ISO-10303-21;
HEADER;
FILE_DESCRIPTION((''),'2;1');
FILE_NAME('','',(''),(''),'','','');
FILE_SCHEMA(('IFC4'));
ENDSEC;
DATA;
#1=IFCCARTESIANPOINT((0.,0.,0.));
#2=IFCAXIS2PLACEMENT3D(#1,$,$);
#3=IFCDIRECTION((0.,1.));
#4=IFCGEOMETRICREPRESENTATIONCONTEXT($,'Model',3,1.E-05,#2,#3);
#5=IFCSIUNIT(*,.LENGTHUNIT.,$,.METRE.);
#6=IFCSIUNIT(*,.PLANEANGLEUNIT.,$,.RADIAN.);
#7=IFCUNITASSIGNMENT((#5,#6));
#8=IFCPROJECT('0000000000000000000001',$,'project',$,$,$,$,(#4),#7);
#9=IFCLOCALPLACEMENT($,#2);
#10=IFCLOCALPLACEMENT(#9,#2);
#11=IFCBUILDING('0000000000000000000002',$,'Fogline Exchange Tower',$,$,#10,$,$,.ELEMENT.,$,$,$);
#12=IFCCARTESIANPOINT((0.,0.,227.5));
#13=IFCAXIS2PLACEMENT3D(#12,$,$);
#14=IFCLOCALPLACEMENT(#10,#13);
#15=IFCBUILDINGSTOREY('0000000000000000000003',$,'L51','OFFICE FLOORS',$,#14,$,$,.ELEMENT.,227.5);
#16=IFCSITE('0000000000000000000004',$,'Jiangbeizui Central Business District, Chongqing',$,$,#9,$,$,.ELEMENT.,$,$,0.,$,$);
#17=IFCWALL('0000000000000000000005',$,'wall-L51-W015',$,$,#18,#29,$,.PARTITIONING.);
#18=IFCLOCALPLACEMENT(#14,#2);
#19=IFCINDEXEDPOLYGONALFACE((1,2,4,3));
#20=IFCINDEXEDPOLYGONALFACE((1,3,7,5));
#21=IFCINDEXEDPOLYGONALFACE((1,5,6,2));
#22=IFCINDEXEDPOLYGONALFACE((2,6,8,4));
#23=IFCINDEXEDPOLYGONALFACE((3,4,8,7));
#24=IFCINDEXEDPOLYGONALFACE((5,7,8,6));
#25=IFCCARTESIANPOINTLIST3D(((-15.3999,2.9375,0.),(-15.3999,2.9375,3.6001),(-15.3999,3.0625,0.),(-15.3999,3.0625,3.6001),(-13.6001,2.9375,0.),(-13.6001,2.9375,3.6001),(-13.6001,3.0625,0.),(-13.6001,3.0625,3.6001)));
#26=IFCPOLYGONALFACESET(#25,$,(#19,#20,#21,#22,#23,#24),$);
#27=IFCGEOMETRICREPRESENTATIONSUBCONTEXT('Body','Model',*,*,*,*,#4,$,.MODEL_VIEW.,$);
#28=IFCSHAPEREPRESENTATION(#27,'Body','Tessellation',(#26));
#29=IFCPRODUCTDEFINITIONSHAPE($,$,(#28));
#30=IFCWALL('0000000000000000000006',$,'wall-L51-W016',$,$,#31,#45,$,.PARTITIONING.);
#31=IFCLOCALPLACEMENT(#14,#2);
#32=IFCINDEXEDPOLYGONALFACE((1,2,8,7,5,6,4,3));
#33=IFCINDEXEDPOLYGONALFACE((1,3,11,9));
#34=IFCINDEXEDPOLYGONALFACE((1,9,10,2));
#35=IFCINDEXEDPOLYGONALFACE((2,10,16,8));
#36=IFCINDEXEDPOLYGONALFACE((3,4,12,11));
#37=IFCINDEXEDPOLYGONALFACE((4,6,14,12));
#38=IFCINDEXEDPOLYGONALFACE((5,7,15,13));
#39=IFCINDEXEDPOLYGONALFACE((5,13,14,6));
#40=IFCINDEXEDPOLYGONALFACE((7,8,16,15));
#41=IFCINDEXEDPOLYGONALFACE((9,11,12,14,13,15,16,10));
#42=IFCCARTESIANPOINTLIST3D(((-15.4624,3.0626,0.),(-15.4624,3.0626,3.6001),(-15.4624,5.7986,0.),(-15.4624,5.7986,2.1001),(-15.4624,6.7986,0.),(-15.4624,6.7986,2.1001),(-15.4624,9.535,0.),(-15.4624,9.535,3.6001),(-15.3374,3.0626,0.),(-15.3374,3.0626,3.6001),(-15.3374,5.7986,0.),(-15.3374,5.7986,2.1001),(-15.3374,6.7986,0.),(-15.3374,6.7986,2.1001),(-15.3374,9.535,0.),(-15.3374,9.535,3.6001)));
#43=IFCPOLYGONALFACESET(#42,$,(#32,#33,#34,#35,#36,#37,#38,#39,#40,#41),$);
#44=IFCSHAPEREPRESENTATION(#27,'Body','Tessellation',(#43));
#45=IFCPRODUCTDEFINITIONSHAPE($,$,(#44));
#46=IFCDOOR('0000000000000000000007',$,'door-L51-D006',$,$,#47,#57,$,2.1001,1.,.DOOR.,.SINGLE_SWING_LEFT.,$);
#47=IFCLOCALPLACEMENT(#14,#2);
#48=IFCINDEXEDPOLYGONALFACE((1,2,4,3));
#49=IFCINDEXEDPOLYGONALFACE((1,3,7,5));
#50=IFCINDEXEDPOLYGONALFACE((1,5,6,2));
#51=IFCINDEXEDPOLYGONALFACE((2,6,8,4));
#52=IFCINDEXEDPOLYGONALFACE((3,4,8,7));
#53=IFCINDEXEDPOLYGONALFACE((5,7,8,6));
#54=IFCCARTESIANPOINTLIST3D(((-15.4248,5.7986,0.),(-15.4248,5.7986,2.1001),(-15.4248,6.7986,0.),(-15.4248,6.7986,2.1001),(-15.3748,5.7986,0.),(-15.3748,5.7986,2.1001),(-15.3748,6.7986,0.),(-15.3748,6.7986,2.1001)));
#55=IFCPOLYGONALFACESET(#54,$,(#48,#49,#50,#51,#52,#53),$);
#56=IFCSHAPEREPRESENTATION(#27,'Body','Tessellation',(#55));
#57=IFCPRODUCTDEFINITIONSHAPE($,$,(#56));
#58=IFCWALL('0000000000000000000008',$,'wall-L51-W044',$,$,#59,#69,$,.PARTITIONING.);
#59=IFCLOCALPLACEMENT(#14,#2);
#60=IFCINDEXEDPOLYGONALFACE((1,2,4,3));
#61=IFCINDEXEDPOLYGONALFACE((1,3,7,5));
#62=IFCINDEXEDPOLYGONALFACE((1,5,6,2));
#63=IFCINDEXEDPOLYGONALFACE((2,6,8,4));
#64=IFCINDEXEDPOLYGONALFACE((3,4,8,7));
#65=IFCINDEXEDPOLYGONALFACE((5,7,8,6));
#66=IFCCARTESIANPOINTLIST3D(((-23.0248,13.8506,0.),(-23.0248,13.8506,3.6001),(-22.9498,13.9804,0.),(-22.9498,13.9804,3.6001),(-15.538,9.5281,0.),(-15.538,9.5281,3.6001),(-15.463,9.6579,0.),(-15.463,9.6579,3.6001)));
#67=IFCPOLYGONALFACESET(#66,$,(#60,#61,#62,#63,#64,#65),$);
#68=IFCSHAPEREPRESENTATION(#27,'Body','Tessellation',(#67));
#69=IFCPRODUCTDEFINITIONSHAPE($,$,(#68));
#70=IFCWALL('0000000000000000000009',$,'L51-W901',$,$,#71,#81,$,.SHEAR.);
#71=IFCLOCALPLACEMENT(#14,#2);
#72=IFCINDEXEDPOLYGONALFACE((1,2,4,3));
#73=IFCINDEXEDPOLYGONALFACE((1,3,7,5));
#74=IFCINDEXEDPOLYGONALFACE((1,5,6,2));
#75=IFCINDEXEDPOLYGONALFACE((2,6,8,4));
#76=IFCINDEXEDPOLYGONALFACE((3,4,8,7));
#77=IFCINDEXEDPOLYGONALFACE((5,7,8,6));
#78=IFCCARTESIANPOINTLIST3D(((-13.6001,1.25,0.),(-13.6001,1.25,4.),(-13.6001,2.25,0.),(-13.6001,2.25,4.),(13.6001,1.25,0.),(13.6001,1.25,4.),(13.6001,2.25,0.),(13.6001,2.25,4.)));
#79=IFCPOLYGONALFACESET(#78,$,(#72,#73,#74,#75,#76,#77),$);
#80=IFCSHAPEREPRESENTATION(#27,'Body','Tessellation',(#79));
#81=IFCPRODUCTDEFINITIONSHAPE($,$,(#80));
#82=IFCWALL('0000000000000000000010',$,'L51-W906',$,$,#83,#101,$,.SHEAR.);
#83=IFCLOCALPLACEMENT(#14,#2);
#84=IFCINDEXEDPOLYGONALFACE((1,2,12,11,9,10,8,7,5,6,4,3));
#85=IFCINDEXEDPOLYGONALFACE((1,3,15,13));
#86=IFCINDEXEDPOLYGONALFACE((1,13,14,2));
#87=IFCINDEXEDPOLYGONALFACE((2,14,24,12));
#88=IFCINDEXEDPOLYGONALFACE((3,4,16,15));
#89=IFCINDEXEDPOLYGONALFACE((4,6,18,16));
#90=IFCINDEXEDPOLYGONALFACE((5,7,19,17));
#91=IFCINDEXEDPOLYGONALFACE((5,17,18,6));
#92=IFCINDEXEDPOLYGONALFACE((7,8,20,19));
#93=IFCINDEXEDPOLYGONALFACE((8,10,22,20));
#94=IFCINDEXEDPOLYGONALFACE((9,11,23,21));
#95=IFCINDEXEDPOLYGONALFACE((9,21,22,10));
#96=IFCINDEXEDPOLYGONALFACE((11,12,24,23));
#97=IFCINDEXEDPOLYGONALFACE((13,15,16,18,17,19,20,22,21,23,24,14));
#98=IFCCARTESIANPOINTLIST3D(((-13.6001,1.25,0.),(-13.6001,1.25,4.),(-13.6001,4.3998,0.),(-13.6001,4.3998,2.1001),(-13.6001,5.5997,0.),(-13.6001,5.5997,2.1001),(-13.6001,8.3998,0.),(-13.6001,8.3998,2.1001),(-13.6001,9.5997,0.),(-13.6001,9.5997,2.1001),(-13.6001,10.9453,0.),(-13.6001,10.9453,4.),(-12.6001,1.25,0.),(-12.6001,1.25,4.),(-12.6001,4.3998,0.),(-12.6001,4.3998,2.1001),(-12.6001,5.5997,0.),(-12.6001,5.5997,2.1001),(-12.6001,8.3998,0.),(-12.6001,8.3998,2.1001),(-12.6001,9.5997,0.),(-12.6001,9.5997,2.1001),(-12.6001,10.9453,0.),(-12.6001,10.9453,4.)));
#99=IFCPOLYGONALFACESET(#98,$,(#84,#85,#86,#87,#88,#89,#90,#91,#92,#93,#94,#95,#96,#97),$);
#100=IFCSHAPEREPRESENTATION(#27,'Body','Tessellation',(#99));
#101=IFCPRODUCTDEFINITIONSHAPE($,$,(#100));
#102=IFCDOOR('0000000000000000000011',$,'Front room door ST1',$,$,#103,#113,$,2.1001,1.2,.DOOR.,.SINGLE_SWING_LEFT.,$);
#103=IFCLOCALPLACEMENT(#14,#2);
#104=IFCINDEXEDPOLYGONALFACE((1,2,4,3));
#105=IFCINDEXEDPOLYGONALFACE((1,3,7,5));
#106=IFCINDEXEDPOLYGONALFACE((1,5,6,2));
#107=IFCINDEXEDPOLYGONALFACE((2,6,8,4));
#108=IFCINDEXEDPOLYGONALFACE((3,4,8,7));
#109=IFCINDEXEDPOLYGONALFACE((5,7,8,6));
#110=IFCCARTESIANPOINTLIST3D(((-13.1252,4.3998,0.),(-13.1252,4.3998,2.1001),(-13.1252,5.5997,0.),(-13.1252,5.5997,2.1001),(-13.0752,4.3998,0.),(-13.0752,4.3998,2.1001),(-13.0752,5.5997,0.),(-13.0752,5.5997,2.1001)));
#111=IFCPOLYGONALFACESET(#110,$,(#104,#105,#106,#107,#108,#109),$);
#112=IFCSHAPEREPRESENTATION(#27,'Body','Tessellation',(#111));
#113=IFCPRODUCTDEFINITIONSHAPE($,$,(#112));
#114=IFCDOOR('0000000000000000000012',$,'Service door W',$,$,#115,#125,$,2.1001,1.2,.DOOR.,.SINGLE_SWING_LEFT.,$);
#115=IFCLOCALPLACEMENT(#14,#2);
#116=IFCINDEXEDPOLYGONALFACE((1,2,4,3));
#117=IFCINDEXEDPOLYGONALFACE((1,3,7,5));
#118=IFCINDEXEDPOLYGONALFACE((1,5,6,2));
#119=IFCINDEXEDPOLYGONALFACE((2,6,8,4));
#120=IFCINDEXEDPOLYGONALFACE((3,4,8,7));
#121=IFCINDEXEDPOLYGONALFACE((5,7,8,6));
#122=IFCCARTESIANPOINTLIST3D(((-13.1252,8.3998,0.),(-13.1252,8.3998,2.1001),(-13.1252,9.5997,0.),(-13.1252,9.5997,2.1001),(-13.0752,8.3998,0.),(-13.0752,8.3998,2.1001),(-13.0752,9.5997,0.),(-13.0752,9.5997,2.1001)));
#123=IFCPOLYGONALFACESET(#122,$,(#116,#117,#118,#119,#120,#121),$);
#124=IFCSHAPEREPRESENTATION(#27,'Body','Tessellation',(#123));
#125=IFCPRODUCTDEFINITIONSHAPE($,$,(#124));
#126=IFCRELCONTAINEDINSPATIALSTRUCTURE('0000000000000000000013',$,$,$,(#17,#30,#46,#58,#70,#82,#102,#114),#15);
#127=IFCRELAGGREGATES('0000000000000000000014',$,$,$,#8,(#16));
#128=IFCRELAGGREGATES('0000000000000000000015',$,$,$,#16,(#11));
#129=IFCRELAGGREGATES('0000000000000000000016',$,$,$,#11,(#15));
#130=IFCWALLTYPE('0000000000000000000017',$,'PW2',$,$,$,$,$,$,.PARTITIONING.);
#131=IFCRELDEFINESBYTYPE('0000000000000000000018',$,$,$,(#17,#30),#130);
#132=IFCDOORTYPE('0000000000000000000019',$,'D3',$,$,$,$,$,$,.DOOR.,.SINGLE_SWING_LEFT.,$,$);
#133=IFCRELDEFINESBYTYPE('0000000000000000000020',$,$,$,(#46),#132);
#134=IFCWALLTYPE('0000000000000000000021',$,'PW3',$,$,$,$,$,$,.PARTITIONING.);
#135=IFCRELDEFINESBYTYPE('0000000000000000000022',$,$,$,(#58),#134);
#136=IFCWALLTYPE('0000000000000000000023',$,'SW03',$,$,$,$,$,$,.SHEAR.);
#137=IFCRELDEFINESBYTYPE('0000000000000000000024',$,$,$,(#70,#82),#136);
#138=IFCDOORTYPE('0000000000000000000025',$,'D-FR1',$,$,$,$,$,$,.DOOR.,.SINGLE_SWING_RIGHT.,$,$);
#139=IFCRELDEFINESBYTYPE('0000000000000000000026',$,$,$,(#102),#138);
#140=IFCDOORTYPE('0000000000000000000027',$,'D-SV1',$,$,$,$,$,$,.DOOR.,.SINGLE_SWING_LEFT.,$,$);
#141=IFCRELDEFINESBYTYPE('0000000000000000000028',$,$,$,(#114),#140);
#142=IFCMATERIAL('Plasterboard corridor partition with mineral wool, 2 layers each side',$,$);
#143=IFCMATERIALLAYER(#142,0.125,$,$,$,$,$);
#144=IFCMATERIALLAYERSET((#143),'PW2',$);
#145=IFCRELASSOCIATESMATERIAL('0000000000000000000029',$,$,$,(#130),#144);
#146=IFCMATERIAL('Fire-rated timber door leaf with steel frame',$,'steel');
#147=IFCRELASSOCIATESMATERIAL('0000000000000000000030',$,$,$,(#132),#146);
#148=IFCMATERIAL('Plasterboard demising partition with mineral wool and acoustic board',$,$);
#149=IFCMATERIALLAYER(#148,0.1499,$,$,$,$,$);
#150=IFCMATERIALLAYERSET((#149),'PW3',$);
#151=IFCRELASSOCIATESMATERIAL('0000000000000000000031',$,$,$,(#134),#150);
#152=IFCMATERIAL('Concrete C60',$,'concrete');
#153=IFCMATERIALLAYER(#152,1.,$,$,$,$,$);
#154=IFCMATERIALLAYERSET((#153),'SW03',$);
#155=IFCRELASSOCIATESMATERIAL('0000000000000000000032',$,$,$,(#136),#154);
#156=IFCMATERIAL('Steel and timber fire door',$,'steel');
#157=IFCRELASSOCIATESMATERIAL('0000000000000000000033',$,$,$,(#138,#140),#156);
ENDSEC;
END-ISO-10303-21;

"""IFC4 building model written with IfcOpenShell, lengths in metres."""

from ifc_helpers import new_model, si_unit, direction, frame, frame_2d, origin, place, context, subcontext, project, spatial, rectangle, extrude, material, layer, layer_set, type_object, element, fill, save


model = new_model("IFC4")

# Units and contexts
model_context = context("Model", 3, precision=1e-05, world=origin(), true_north=direction((0.0, 1.0)))
body_context = subcontext(model_context, "Body", "Model", "MODEL_VIEW")
ifc_project = project(units=[si_unit("LENGTHUNIT", "METRE"), si_unit("PLANEANGLEUNIT", "RADIAN")], contexts=[model_context])

# Site, building, storey
site_placement = place(None, origin())
site = spatial("IfcSite", under=ifc_project, at=site_placement, Name="Jiangbeizui Central Business District, Chongqing", CompositionType="ELEMENT", RefElevation=0.0)
building_placement = place(site_placement, origin())
building = spatial("IfcBuilding", under=site, at=building_placement, Name="Fogline Exchange Tower", CompositionType="ELEMENT")
storey_placement = place(building_placement, frame((0.0, 0.0, 227.5)))
storey = spatial("IfcBuildingStorey", under=building, at=storey_placement, Name="L51", Description="OFFICE FLOORS", CompositionType="ELEMENT", Elevation=227.5)

# Shared definitions
ifc_material_1 = material(Name="Concrete C60", Category="concrete")

# Shared definitions
ifc_material_2 = material(Name="Steel and timber fire door", Category="steel")

# Shared definitions
ifc_material_3 = material(Name="Plasterboard corridor partition with mineral wool, 2 layers each side")
ifc_layer_1 = layer(ifc_material_3, 0.125)
ifc_layer_set_1 = layer_set([ifc_layer_1], Name="PW2")
wall_type_1 = type_object("IfcWallType", Name="PW2", PredefinedType="PARTITIONING", material=ifc_layer_set_1)

# Wall
wall_1_placement = place(storey_placement, frame((-13.6001, 3.0, 0.0), z_axis=(0.0, 0.0, 1.0), x_axis=(-1.0, 0.0, 0.0)))
element("IfcWall", 1, at=wall_1_placement, inside=storey, type_object=wall_type_1, Name="wall-L51-W015", PredefinedType="PARTITIONING", context=body_context, shape_type="SweptSolid", body=[
    extrude(rectangle(XDim=1.7998, YDim=0.125, at=frame_2d((0.8999, 0.0))), origin(), (0.0, 0.0, 1.0), 3.6001),
])

# Wall, opening, door
wall_2_placement = place(storey_placement, frame((-15.3999, 3.0625, 0.0), z_axis=(0.0, 0.0, 1.0), x_axis=(0.0, 1.0, 0.0)))
wall_2 = element("IfcWall", 2, at=wall_2_placement, inside=storey, type_object=wall_type_1, Name="wall-L51-W016", PredefinedType="PARTITIONING", context=body_context, shape_type="SweptSolid", body=[
    extrude(rectangle(XDim=6.4724, YDim=0.125, at=frame_2d((3.2363, 0.0))), origin(), (0.0, 0.0, 1.0), 3.6001),
])
opening_1_placement = place(wall_2_placement, frame((2.7361, 0.0, 0.0)))
opening_1 = element("IfcOpeningElement", 3, at=opening_1_placement, cuts=wall_2, PredefinedType="OPENING", context=body_context, shape_type="SweptSolid", body=[
    extrude(rectangle(XDim=1.0, YDim=2.1001, at=frame_2d((0.5, 1.05))), frame((0.0, 0.0725, 0.0), z_axis=(0.0, -1.0, 0.0), x_axis=(1.0, 0.0, 0.0)), (0.0, 0.0, 1.0), 0.145),
])
ifc_material_4 = material(Name="Fire-rated timber door leaf with steel frame", Category="steel")
door_type_1 = type_object("IfcDoorType", Name="D3", OperationType="SINGLE_SWING_LEFT", PredefinedType="DOOR", material=ifc_material_4)
door_1_placement = place(opening_1_placement, origin())
door_1 = element("IfcDoor", 4, at=door_1_placement, inside=storey, type_object=door_type_1, Name="door-L51-D006", OperationType="SINGLE_SWING_LEFT", OverallHeight=2.1001, OverallWidth=1.0, PredefinedType="DOOR", context=body_context, shape_type="SweptSolid", body=[
    extrude(rectangle(XDim=1.0, YDim=2.1001, at=frame_2d((0.5, 1.05))), frame((0.0, 0.0249, 0.0), z_axis=(0.0, -1.0, 0.0), x_axis=(1.0, 0.0, 0.0)), (0.0, 0.0, 1.0), 0.05),
])
fill(opening_1, door_1)

# Walls
ifc_material_5 = material(Name="Plasterboard demising partition with mineral wool and acoustic board")
ifc_layer_2 = layer(ifc_material_5, 0.1499)
ifc_layer_set_2 = layer_set([ifc_layer_2], Name="PW3")
wall_type_2 = type_object("IfcWallType", Name="PW3", PredefinedType="PARTITIONING", material=ifc_layer_set_2)
wall_3_placement = place(storey_placement, frame((-15.5005, 9.593, 0.0), z_axis=(0.0, 0.0, 1.0), x_axis=(-0.866026, 0.5, 0.0)))
element("IfcWall", 5, at=wall_3_placement, inside=storey, type_object=wall_type_2, Name="wall-L51-W044", PredefinedType="PARTITIONING", context=body_context, shape_type="SweptSolid", body=[
    extrude(rectangle(XDim=8.645, YDim=0.1499, at=frame_2d((4.3225, 0.0))), origin(), (0.0, 0.0, 1.0), 3.6001),
])
ifc_layer_3 = layer(ifc_material_1, 1.0)
ifc_layer_set_3 = layer_set([ifc_layer_3], Name="SW03")
wall_type_3 = type_object("IfcWallType", Name="SW03", PredefinedType="SHEAR", material=ifc_layer_set_3)
wall_4_placement = place(storey_placement, frame((-13.6001, 1.75, 0.0), z_axis=(0.0, 0.0, 1.0), x_axis=(1.0, 0.0, 0.0)))
element("IfcWall", 6, at=wall_4_placement, inside=storey, type_object=wall_type_3, Name="L51-W901", PredefinedType="SHEAR", context=body_context, shape_type="SweptSolid", body=[
    extrude(rectangle(XDim=27.2002, YDim=1.0, at=frame_2d((13.6001, 0.0))), origin(), (0.0, 0.0, 1.0), 4.0),
])

# Wall, openings, doors
wall_5_placement = place(storey_placement, frame((-13.1001, 10.9453, 0.0), z_axis=(0.0, 0.0, 1.0), x_axis=(0.0, -1.0, 0.0)))
wall_5 = element("IfcWall", 7, at=wall_5_placement, inside=storey, type_object=wall_type_3, Name="L51-W906", PredefinedType="SHEAR", context=body_context, shape_type="SweptSolid", body=[
    extrude(rectangle(XDim=9.6953, YDim=1.0, at=frame_2d((4.8477, 0.0))), origin(), (0.0, 0.0, 1.0), 4.0),
])
opening_2_placement = place(wall_5_placement, frame((5.3455, 0.0, 0.0)))
opening_2 = element("IfcOpeningElement", 8, at=opening_2_placement, cuts=wall_5, PredefinedType="OPENING", context=body_context, shape_type="SweptSolid", body=[
    extrude(rectangle(XDim=1.2, YDim=2.1001, at=frame_2d((0.6001, 1.05))), frame((0.0, 0.51, 0.0), z_axis=(0.0, -1.0, 0.0), x_axis=(1.0, 0.0, 0.0)), (0.0, 0.0, 1.0), 1.02),
])
opening_3_placement = place(wall_5_placement, frame((1.3455, 0.0, 0.0)))
opening_3 = element("IfcOpeningElement", 9, at=opening_3_placement, cuts=wall_5, PredefinedType="OPENING", context=body_context, shape_type="SweptSolid", body=[
    extrude(rectangle(XDim=1.2, YDim=2.1001, at=frame_2d((0.6001, 1.05))), frame((0.0, 0.51, 0.0), z_axis=(0.0, -1.0, 0.0), x_axis=(1.0, 0.0, 0.0)), (0.0, 0.0, 1.0), 1.02),
])
door_type_2 = type_object("IfcDoorType", Name="D-FR1", OperationType="SINGLE_SWING_RIGHT", PredefinedType="DOOR", material=ifc_material_2)
door_2_placement = place(opening_2_placement, origin())
door_2 = element("IfcDoor", 10, at=door_2_placement, inside=storey, type_object=door_type_2, Name="Front room door ST1", OperationType="SINGLE_SWING_LEFT", OverallHeight=2.1001, OverallWidth=1.2, PredefinedType="DOOR", context=body_context, shape_type="SweptSolid", body=[
    extrude(rectangle(XDim=1.2, YDim=2.1001, at=frame_2d((0.6001, 1.05))), frame((0.0, 0.0249, 0.0), z_axis=(0.0, -1.0, 0.0), x_axis=(1.0, 0.0, 0.0)), (0.0, 0.0, 1.0), 0.05),
])
fill(opening_2, door_2)
door_type_3 = type_object("IfcDoorType", Name="D-SV1", OperationType="SINGLE_SWING_LEFT", PredefinedType="DOOR", material=ifc_material_2)
door_3_placement = place(opening_3_placement, origin())
door_3 = element("IfcDoor", 11, at=door_3_placement, inside=storey, type_object=door_type_3, Name="Service door W", OperationType="SINGLE_SWING_LEFT", OverallHeight=2.1001, OverallWidth=1.2, PredefinedType="DOOR", context=body_context, shape_type="SweptSolid", body=[
    extrude(rectangle(XDim=1.2, YDim=2.1001, at=frame_2d((0.6001, 1.05))), frame((0.0, 0.0249, 0.0), z_axis=(0.0, -1.0, 0.0), x_axis=(1.0, 0.0, 0.0)), (0.0, 0.0, 1.0), 0.05),
])
fill(opening_3, door_3)

save(model, "model.ifc")
